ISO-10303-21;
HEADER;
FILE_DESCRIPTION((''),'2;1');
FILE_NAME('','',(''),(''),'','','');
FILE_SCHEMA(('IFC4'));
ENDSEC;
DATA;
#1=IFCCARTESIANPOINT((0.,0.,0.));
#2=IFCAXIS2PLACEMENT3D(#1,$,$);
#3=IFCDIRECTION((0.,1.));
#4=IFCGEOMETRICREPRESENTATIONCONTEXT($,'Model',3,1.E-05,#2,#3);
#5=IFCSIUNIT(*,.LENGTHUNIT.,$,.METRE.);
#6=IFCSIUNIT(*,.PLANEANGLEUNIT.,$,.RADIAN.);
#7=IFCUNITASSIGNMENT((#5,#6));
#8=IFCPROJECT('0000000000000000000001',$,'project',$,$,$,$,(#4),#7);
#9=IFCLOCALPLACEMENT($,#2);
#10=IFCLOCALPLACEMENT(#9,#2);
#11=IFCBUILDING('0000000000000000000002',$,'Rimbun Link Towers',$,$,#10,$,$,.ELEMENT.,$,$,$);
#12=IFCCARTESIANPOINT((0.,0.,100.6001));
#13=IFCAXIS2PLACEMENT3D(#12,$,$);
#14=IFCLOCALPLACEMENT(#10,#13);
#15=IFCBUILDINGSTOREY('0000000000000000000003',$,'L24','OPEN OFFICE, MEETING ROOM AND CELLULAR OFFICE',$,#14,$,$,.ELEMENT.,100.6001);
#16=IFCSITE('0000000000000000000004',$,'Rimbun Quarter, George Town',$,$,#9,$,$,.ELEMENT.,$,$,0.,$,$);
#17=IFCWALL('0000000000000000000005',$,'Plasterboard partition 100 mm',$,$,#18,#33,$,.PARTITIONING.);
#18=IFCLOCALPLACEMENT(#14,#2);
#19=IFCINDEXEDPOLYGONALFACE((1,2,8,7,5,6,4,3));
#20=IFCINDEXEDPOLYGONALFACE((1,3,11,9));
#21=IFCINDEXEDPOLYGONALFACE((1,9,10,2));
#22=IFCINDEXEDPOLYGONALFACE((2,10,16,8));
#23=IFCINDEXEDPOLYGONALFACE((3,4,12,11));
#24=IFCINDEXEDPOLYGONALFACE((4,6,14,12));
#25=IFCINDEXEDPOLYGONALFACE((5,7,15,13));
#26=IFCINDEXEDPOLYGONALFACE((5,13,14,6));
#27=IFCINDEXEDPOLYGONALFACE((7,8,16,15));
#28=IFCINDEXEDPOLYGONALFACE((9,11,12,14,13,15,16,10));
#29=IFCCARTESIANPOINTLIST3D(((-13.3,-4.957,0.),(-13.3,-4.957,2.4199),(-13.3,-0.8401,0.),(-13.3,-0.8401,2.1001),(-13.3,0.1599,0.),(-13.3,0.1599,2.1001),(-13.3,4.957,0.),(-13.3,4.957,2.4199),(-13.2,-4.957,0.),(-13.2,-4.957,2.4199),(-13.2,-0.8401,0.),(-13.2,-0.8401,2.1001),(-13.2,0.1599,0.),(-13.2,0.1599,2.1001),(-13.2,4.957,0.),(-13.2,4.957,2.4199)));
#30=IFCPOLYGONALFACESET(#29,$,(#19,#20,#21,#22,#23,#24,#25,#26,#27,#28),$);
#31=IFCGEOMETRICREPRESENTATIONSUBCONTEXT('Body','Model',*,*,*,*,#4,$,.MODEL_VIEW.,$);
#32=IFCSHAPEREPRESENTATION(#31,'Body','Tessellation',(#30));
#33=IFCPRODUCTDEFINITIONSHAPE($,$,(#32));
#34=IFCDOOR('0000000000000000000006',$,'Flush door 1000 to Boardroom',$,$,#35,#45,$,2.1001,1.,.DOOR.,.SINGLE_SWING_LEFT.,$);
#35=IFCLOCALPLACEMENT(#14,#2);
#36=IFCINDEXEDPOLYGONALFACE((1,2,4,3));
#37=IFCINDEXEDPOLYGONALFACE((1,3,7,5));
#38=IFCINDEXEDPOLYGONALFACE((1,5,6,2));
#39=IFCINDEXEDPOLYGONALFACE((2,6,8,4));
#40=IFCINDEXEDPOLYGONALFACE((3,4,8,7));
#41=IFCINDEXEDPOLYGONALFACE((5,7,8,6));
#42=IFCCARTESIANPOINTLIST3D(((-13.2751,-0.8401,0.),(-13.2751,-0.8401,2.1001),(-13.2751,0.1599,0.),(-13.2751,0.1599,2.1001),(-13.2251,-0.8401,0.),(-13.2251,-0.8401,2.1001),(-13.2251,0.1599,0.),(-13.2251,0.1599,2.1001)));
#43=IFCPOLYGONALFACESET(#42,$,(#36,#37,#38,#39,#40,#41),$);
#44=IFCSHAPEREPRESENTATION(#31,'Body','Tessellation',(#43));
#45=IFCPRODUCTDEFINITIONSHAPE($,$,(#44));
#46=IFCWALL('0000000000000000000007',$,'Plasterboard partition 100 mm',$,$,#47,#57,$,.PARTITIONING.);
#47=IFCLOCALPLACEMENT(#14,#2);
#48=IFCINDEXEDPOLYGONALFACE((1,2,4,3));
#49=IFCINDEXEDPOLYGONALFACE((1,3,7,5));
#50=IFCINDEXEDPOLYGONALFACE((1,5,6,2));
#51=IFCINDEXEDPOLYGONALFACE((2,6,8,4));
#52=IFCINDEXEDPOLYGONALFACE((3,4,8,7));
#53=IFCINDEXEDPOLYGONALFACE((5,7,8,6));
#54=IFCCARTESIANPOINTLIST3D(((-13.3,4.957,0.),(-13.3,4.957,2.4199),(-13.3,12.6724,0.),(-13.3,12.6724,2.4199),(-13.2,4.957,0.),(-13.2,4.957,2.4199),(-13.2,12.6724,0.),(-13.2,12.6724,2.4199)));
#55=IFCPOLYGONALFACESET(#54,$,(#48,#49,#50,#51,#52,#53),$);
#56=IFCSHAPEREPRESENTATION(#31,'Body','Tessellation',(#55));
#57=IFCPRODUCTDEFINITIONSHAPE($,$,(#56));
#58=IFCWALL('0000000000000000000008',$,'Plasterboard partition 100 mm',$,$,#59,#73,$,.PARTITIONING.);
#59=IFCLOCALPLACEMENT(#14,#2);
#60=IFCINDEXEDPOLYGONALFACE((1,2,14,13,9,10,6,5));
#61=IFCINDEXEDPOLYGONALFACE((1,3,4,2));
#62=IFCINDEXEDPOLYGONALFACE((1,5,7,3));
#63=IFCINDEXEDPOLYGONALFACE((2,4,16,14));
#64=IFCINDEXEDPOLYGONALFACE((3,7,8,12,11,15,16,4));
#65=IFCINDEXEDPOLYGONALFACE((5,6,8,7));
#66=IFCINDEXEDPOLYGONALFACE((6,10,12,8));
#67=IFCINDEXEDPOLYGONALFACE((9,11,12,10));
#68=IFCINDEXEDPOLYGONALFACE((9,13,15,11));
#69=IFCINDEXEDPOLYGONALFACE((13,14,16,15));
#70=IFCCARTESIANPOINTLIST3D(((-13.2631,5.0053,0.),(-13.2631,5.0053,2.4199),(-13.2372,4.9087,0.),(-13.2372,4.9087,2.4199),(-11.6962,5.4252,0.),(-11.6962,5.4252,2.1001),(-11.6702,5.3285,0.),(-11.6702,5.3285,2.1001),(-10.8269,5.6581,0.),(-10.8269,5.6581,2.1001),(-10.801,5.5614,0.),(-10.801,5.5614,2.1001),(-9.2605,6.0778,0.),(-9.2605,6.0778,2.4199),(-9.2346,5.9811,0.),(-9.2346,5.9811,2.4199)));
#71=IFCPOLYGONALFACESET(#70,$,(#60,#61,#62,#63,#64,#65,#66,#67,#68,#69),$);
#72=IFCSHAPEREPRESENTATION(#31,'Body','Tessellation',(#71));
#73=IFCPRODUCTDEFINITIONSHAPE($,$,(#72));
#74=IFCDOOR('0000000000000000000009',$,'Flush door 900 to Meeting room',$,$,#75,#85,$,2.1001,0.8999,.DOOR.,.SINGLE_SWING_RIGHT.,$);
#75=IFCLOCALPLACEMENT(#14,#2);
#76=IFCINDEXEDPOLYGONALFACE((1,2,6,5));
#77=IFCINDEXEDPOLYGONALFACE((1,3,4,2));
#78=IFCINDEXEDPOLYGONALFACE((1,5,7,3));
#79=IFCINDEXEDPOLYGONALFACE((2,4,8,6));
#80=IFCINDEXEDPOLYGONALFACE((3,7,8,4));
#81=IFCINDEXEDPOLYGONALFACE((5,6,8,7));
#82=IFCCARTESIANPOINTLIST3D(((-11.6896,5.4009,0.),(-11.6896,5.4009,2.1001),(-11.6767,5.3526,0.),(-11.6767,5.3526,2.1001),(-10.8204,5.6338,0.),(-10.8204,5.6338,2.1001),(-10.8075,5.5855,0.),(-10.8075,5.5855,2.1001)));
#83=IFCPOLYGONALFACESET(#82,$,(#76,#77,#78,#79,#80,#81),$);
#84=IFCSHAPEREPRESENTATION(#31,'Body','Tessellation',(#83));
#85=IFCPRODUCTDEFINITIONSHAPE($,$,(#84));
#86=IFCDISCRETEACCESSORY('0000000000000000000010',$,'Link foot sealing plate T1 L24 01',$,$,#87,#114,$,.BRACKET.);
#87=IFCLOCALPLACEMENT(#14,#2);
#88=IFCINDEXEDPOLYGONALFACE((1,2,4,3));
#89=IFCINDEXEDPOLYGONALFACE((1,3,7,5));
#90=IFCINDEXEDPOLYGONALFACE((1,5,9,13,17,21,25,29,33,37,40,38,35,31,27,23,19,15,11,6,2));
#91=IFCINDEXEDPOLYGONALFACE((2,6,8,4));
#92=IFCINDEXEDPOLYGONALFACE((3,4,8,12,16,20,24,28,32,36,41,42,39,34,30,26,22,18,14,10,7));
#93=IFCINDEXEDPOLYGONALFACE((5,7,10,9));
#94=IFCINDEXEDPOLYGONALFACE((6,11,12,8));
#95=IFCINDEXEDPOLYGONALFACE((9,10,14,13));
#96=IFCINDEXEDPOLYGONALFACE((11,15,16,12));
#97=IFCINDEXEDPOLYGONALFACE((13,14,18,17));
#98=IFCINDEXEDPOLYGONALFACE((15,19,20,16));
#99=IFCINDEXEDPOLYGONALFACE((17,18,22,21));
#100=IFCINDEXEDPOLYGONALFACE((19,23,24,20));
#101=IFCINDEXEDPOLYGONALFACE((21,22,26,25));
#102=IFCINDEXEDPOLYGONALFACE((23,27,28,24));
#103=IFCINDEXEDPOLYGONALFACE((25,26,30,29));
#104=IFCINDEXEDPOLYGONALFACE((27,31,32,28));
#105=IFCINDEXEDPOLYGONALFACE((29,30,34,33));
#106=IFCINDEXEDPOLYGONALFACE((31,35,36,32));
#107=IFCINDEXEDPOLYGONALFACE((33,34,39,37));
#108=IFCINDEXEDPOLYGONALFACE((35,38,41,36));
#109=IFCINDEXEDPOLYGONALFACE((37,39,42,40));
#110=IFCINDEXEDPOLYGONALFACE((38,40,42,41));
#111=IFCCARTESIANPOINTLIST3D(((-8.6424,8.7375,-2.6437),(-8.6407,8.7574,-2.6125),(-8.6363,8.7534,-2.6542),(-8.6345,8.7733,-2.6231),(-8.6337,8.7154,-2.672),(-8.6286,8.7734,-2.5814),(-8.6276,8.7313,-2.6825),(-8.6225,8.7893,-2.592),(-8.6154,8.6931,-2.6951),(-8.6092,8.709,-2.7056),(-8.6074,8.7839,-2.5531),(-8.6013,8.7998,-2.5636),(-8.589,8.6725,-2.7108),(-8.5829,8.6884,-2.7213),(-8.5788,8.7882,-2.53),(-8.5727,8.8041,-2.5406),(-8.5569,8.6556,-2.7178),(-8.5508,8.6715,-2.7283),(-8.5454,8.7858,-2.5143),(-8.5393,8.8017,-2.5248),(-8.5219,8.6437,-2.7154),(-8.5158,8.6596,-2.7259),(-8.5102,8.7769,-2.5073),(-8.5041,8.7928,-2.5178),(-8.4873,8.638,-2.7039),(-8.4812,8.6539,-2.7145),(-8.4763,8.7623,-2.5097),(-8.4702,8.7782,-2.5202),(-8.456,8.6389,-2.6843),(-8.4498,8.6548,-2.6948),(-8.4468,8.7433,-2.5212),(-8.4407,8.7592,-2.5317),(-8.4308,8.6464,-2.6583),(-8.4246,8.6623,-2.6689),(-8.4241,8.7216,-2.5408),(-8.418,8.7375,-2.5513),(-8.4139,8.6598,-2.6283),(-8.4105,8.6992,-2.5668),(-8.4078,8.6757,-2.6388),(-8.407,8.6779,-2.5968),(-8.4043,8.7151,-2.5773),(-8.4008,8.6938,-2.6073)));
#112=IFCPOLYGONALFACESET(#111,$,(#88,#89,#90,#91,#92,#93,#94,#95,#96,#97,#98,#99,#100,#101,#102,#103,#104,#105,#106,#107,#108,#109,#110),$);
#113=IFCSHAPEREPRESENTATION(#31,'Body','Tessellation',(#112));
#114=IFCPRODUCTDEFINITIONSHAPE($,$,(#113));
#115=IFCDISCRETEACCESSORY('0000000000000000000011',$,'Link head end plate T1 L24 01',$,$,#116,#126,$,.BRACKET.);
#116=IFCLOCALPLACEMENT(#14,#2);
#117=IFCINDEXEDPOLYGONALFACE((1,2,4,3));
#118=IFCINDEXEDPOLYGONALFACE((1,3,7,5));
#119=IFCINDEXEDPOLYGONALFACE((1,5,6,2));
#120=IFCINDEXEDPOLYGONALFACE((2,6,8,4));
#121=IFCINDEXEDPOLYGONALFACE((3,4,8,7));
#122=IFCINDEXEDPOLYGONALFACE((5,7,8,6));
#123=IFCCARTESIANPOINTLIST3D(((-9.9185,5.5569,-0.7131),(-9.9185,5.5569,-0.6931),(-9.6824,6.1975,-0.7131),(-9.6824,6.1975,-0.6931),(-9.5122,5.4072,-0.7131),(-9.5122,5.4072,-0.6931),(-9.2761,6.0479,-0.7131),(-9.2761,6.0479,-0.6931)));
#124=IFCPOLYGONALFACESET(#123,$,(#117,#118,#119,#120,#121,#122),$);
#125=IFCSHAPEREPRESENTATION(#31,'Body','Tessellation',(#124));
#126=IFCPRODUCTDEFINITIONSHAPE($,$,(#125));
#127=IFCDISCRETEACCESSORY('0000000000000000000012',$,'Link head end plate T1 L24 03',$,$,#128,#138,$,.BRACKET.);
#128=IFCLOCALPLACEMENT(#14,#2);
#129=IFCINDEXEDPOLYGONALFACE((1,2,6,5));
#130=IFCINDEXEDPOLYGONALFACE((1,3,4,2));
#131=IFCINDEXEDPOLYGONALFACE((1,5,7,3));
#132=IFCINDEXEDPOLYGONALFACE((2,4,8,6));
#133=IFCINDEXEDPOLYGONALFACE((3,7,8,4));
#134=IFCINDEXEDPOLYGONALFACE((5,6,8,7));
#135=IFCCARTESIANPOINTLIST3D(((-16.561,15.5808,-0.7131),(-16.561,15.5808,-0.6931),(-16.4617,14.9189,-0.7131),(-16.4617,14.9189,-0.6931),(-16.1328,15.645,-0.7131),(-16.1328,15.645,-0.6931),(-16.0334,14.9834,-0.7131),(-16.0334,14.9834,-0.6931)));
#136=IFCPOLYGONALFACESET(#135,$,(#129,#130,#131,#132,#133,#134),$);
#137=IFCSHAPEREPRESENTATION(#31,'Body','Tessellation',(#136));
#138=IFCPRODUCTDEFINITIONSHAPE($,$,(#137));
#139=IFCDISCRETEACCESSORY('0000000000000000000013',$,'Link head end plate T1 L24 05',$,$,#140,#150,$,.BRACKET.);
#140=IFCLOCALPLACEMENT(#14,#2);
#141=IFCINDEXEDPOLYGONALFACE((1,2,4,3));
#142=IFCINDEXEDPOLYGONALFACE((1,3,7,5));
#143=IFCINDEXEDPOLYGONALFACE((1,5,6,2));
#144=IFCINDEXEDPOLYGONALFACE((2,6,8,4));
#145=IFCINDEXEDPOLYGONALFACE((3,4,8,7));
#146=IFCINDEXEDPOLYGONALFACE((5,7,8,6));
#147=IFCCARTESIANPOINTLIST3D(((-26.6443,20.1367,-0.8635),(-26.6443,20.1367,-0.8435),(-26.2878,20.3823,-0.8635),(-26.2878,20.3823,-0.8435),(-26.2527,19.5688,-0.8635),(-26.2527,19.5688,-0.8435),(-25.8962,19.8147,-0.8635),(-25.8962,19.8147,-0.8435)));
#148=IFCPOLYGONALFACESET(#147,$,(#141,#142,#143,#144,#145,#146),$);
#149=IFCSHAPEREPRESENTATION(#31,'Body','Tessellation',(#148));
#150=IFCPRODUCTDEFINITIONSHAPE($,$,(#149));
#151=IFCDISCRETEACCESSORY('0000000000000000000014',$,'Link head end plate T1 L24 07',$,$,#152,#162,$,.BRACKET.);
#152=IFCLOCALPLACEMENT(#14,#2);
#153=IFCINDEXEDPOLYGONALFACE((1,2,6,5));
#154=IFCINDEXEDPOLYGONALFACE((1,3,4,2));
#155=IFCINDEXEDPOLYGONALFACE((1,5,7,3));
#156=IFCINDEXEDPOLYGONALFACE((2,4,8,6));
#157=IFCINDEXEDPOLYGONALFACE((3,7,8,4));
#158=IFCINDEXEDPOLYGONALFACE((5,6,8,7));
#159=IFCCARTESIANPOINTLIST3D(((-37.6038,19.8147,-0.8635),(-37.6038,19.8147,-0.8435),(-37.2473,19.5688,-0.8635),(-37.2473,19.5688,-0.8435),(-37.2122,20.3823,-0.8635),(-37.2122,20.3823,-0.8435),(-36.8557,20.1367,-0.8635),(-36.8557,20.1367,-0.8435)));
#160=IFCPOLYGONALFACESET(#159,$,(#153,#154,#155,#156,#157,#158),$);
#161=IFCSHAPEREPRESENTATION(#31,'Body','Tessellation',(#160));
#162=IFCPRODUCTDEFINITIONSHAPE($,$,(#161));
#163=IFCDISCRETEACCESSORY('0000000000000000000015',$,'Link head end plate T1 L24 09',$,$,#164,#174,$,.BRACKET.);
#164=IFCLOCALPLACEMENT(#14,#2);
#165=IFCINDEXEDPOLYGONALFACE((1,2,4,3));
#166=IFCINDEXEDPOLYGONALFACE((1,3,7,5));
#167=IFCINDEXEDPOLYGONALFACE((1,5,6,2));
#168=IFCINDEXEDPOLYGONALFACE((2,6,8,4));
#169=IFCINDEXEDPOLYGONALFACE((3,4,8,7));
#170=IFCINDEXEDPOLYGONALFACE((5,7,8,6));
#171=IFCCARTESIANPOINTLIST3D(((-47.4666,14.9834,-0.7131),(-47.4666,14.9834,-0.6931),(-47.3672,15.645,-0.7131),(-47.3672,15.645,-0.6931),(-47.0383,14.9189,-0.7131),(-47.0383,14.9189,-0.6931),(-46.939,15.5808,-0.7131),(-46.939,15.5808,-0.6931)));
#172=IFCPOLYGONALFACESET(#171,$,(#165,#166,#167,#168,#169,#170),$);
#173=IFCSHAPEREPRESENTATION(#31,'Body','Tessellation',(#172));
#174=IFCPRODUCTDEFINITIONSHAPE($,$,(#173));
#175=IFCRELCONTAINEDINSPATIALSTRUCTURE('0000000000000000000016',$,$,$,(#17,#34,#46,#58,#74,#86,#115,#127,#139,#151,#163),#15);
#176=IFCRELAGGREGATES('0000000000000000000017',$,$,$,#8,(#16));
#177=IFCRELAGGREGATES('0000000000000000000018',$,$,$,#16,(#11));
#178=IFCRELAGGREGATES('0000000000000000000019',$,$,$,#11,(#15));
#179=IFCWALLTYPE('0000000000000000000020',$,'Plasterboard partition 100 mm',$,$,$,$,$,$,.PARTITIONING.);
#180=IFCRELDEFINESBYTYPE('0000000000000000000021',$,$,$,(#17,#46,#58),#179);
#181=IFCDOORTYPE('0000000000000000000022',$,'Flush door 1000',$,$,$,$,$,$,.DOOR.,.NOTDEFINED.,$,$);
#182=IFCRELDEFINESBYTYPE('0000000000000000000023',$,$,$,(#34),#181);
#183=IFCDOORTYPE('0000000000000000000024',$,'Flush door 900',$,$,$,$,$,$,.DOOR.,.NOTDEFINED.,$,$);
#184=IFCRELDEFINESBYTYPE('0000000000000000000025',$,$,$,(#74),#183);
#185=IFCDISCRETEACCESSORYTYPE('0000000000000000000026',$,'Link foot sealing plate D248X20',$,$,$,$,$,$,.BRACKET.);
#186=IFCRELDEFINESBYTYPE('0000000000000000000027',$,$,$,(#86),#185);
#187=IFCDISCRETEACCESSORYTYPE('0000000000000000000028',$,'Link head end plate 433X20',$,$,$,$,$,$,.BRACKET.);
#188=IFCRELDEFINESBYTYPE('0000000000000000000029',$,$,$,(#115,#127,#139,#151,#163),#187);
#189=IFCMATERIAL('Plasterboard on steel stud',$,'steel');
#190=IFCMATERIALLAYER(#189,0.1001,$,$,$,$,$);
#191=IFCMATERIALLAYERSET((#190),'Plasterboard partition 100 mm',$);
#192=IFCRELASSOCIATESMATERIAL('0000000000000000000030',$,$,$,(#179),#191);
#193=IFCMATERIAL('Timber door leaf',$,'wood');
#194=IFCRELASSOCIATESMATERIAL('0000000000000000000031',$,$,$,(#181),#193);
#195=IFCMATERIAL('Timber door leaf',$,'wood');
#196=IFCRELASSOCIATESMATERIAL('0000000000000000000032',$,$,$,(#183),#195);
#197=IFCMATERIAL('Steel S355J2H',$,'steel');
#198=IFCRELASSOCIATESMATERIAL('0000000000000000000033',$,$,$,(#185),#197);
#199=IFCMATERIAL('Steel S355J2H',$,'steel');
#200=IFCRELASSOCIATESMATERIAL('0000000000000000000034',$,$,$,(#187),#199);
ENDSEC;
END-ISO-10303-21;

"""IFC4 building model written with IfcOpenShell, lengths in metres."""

from ifc_helpers import new_model, si_unit, direction, frame, frame_2d, origin, origin_2d, place, context, subcontext, project, spatial, polyline, rectangle, circle, outline, extrude, material, layer, layer_set, material_profile, profile_set, type_object, element, fill, save


model = new_model("IFC4")

# Units and contexts
model_context = context("Model", 3, precision=1e-05, world=origin(), true_north=direction((0.0, 1.0)))
body_context = subcontext(model_context, "Body", "Model", "MODEL_VIEW")
ifc_project = project(units=[si_unit("LENGTHUNIT", "METRE"), si_unit("PLANEANGLEUNIT", "RADIAN")], contexts=[model_context])

# Site, building, storey
site_placement = place(None, origin())
site = spatial("IfcSite", under=ifc_project, at=site_placement, Name="Rimbun Quarter, George Town", CompositionType="ELEMENT", RefElevation=0.0)
building_placement = place(site_placement, origin())
building = spatial("IfcBuilding", under=site, at=building_placement, Name="Rimbun Link Towers", CompositionType="ELEMENT")
storey_placement = place(building_placement, frame((0.0, 0.0, 100.6001)))
storey = spatial("IfcBuildingStorey", under=building, at=storey_placement, Name="L24", Description="OPEN OFFICE, MEETING ROOM AND CELLULAR OFFICE", CompositionType="ELEMENT", Elevation=100.6001)

# Wall, opening, door
ifc_material_1 = material(Name="Plasterboard on steel stud", Category="steel")
ifc_layer_1 = layer(ifc_material_1, 0.1001)
ifc_layer_set_1 = layer_set([ifc_layer_1], Name="Plasterboard partition 100 mm")
wall_type = type_object("IfcWallType", Name="Plasterboard partition 100 mm", PredefinedType="PARTITIONING", material=ifc_layer_set_1)
wall_1_placement = place(storey_placement, frame((-13.25, 4.957, 0.0), z_axis=(0.0, 0.0, 1.0), x_axis=(0.0, -1.0, 0.0)))
wall_1 = element("IfcWall", 1, at=wall_1_placement, inside=storey, type_object=wall_type, Name="Plasterboard partition 100 mm", PredefinedType="PARTITIONING", context=body_context, shape_type="SweptSolid", body=[
    extrude(rectangle(XDim=9.9141, YDim=0.1001, at=frame_2d((4.957, 0.0))), origin(), (0.0, 0.0, 1.0), 2.4199),
])
opening_1_placement = place(wall_1_placement, frame((4.7971, 0.0, 0.0)))
opening_1 = element("IfcOpeningElement", 2, at=opening_1_placement, cuts=wall_1, PredefinedType="OPENING", context=body_context, shape_type="SweptSolid", body=[
    extrude(rectangle(XDim=1.0, YDim=2.1001, at=frame_2d((0.5, 1.05))), frame((0.0, 0.0601, 0.0), z_axis=(0.0, -1.0, 0.0), x_axis=(1.0, 0.0, 0.0)), (0.0, 0.0, 1.0), 0.1201),
])
ifc_material_2 = material(Name="Timber door leaf", Category="wood")
door_type_1 = type_object("IfcDoorType", Name="Flush door 1000", OperationType="NOTDEFINED", PredefinedType="DOOR", material=ifc_material_2)
door_1_placement = place(opening_1_placement, origin())
door_1 = element("IfcDoor", 3, at=door_1_placement, inside=storey, type_object=door_type_1, Name="Flush door 1000 to Boardroom", OperationType="SINGLE_SWING_LEFT", OverallHeight=2.1001, OverallWidth=1.0, PredefinedType="DOOR", context=body_context, shape_type="SweptSolid", body=[
    extrude(rectangle(XDim=1.0, YDim=2.1001, at=frame_2d((0.5, 1.05))), frame((0.0, 0.0249, 0.0), z_axis=(0.0, -1.0, 0.0), x_axis=(1.0, 0.0, 0.0)), (0.0, 0.0, 1.0), 0.05),
])
fill(opening_1, door_1)

# Wall
wall_2_placement = place(storey_placement, frame((-13.25, 4.957, 0.0), z_axis=(0.0, 0.0, 1.0), x_axis=(0.0, 1.0, 0.0)))
element("IfcWall", 4, at=wall_2_placement, inside=storey, type_object=wall_type, Name="Plasterboard partition 100 mm", PredefinedType="PARTITIONING", context=body_context, shape_type="SweptSolid", body=[
    extrude(rectangle(XDim=7.7153, YDim=0.1001, at=frame_2d((3.8577, 0.0))), origin(), (0.0, 0.0, 1.0), 2.4199),
])

# Wall, opening, door
wall_3_placement = place(storey_placement, frame((-13.25, 4.957, 0.0), z_axis=(0.0, 0.0, 1.0), x_axis=(0.965926, 0.258818, 0.0)))
wall_3 = element("IfcWall", 5, at=wall_3_placement, inside=storey, type_object=wall_type, Name="Plasterboard partition 100 mm", PredefinedType="PARTITIONING", context=body_context, shape_type="SweptSolid", body=[
    extrude(rectangle(XDim=4.1438, YDim=0.1001, at=frame_2d((2.0718, 0.0))), origin(), (0.0, 0.0, 1.0), 2.4199),
])
opening_2_placement = place(wall_3_placement, frame((1.6221, 0.0, 0.0)))
opening_2 = element("IfcOpeningElement", 6, at=opening_2_placement, cuts=wall_3, PredefinedType="OPENING", context=body_context, shape_type="SweptSolid", body=[
    extrude(rectangle(XDim=0.8999, YDim=2.1001, at=frame_2d((0.45, 1.05))), frame((0.0, 0.0601, 0.0), z_axis=(0.0, -1.0, 0.0), x_axis=(1.0, 0.0, 0.0)), (0.0, 0.0, 1.0), 0.1201),
])
ifc_material_3 = material(Name="Timber door leaf", Category="wood")
door_type_2 = type_object("IfcDoorType", Name="Flush door 900", OperationType="NOTDEFINED", PredefinedType="DOOR", material=ifc_material_3)
door_2_placement = place(opening_2_placement, origin())
door_2 = element("IfcDoor", 7, at=door_2_placement, inside=storey, type_object=door_type_2, Name="Flush door 900 to Meeting room", OperationType="SINGLE_SWING_RIGHT", OverallHeight=2.1001, OverallWidth=0.8999, PredefinedType="DOOR", context=body_context, shape_type="SweptSolid", body=[
    extrude(rectangle(XDim=0.8999, YDim=2.1001, at=frame_2d((0.45, 1.05))), frame((0.0, 0.0249, 0.0), z_axis=(0.0, -1.0, 0.0), x_axis=(1.0, 0.0, 0.0)), (0.0, 0.0, 1.0), 0.05),
])
fill(opening_2, door_2)

# Discrete accessories
ifc_material_4 = material(Name="Steel S355J2H", Category="steel")
ifc_material_profile_1 = material_profile(ifc_material_4, circle(Radius=0.124, at=origin_2d()), Name="PL D248")
ifc_profile_set_1 = profile_set([ifc_material_profile_1], Name="Steel S355J2H")
discrete_accessory_type_1 = type_object("IfcDiscreteAccessoryType", Name="Link foot sealing plate D248X20", PredefinedType="BRACKET", material=ifc_profile_set_1)
discrete_accessory_1_placement = place(storey_placement, frame((-8.5249, 8.7129, -2.6125), z_axis=(0.305446, 0.794161, -0.525368), x_axis=(-0.933346, 0.358979, 0.0)))
element("IfcDiscreteAccessory", 8, at=discrete_accessory_1_placement, inside=storey, type_object=discrete_accessory_type_1, Name="Link foot sealing plate T1 L24 01", PredefinedType="BRACKET", context=body_context, shape_type="SweptSolid", body=[
    extrude(circle(Radius=0.124, at=origin_2d()), origin(), (0.0, 0.0, 1.0), 0.02),
])
ifc_material_5 = material(Name="Steel S355J2H", Category="steel")
ifc_material_profile_2 = material_profile(ifc_material_5, rectangle(XDim=0.4331, YDim=0.4331, at=origin_2d()), Name="PL 433x433")
ifc_profile_set_2 = profile_set([ifc_material_profile_2], Name="Steel S355J2H")
discrete_accessory_type_2 = type_object("IfcDiscreteAccessoryType", Name="Link head end plate 433X20", PredefinedType="BRACKET", material=ifc_profile_set_2)
discrete_accessory_2_placement = place(storey_placement, frame((0.0, 0.0, -0.7131)))
element("IfcDiscreteAccessory", 9, at=discrete_accessory_2_placement, inside=storey, type_object=discrete_accessory_type_2, Name="Link head end plate T1 L24 01", PredefinedType="BRACKET", context=body_context, shape_type="SweptSolid", body=[
    extrude(outline(polyline([(-9.5122, 5.4072), (-9.2761, 6.0479), (-9.6824, 6.1975), (-9.9185, 5.5569), (-9.5122, 5.4072)])), origin(), (0.0, 0.0, 1.0), 0.02),
])
discrete_accessory_3_placement = place(storey_placement, frame((0.0, 0.0, -0.7131)))
element("IfcDiscreteAccessory", 10, at=discrete_accessory_3_placement, inside=storey, type_object=discrete_accessory_type_2, Name="Link head end plate T1 L24 03", PredefinedType="BRACKET", context=body_context, shape_type="SweptSolid", body=[
    extrude(outline(polyline([(-16.0334, 14.9834), (-16.1328, 15.645), (-16.561, 15.5808), (-16.4617, 14.9189), (-16.0334, 14.9834)])), origin(), (0.0, 0.0, 1.0), 0.02),
])
discrete_accessory_4_placement = place(storey_placement, frame((0.0, 0.0, -0.8635)))
element("IfcDiscreteAccessory", 11, at=discrete_accessory_4_placement, inside=storey, type_object=discrete_accessory_type_2, Name="Link head end plate T1 L24 05", PredefinedType="BRACKET", context=body_context, shape_type="SweptSolid", body=[
    extrude(outline(polyline([(-25.8962, 19.8147), (-26.2878, 20.3823), (-26.6443, 20.1367), (-26.2527, 19.5688), (-25.8962, 19.8147)])), origin(), (0.0, 0.0, 1.0), 0.02),
])
discrete_accessory_5_placement = place(storey_placement, frame((0.0, 0.0, -0.8635)))
element("IfcDiscreteAccessory", 12, at=discrete_accessory_5_placement, inside=storey, type_object=discrete_accessory_type_2, Name="Link head end plate T1 L24 07", PredefinedType="BRACKET", context=body_context, shape_type="SweptSolid", body=[
    extrude(outline(polyline([(-37.2473, 19.5688), (-36.8557, 20.1367), (-37.2122, 20.3823), (-37.6038, 19.8147), (-37.2473, 19.5688)])), origin(), (0.0, 0.0, 1.0), 0.02),
])
discrete_accessory_6_placement = place(storey_placement, frame((0.0, 0.0, -0.7131)))
element("IfcDiscreteAccessory", 13, at=discrete_accessory_6_placement, inside=storey, type_object=discrete_accessory_type_2, Name="Link head end plate T1 L24 09", PredefinedType="BRACKET", context=body_context, shape_type="SweptSolid", body=[
    extrude(outline(polyline([(-47.0383, 14.9189), (-46.939, 15.5808), (-47.3672, 15.645), (-47.4666, 14.9834), (-47.0383, 14.9189)])), origin(), (0.0, 0.0, 1.0), 0.02),
])

save(model, "model.ifc")
